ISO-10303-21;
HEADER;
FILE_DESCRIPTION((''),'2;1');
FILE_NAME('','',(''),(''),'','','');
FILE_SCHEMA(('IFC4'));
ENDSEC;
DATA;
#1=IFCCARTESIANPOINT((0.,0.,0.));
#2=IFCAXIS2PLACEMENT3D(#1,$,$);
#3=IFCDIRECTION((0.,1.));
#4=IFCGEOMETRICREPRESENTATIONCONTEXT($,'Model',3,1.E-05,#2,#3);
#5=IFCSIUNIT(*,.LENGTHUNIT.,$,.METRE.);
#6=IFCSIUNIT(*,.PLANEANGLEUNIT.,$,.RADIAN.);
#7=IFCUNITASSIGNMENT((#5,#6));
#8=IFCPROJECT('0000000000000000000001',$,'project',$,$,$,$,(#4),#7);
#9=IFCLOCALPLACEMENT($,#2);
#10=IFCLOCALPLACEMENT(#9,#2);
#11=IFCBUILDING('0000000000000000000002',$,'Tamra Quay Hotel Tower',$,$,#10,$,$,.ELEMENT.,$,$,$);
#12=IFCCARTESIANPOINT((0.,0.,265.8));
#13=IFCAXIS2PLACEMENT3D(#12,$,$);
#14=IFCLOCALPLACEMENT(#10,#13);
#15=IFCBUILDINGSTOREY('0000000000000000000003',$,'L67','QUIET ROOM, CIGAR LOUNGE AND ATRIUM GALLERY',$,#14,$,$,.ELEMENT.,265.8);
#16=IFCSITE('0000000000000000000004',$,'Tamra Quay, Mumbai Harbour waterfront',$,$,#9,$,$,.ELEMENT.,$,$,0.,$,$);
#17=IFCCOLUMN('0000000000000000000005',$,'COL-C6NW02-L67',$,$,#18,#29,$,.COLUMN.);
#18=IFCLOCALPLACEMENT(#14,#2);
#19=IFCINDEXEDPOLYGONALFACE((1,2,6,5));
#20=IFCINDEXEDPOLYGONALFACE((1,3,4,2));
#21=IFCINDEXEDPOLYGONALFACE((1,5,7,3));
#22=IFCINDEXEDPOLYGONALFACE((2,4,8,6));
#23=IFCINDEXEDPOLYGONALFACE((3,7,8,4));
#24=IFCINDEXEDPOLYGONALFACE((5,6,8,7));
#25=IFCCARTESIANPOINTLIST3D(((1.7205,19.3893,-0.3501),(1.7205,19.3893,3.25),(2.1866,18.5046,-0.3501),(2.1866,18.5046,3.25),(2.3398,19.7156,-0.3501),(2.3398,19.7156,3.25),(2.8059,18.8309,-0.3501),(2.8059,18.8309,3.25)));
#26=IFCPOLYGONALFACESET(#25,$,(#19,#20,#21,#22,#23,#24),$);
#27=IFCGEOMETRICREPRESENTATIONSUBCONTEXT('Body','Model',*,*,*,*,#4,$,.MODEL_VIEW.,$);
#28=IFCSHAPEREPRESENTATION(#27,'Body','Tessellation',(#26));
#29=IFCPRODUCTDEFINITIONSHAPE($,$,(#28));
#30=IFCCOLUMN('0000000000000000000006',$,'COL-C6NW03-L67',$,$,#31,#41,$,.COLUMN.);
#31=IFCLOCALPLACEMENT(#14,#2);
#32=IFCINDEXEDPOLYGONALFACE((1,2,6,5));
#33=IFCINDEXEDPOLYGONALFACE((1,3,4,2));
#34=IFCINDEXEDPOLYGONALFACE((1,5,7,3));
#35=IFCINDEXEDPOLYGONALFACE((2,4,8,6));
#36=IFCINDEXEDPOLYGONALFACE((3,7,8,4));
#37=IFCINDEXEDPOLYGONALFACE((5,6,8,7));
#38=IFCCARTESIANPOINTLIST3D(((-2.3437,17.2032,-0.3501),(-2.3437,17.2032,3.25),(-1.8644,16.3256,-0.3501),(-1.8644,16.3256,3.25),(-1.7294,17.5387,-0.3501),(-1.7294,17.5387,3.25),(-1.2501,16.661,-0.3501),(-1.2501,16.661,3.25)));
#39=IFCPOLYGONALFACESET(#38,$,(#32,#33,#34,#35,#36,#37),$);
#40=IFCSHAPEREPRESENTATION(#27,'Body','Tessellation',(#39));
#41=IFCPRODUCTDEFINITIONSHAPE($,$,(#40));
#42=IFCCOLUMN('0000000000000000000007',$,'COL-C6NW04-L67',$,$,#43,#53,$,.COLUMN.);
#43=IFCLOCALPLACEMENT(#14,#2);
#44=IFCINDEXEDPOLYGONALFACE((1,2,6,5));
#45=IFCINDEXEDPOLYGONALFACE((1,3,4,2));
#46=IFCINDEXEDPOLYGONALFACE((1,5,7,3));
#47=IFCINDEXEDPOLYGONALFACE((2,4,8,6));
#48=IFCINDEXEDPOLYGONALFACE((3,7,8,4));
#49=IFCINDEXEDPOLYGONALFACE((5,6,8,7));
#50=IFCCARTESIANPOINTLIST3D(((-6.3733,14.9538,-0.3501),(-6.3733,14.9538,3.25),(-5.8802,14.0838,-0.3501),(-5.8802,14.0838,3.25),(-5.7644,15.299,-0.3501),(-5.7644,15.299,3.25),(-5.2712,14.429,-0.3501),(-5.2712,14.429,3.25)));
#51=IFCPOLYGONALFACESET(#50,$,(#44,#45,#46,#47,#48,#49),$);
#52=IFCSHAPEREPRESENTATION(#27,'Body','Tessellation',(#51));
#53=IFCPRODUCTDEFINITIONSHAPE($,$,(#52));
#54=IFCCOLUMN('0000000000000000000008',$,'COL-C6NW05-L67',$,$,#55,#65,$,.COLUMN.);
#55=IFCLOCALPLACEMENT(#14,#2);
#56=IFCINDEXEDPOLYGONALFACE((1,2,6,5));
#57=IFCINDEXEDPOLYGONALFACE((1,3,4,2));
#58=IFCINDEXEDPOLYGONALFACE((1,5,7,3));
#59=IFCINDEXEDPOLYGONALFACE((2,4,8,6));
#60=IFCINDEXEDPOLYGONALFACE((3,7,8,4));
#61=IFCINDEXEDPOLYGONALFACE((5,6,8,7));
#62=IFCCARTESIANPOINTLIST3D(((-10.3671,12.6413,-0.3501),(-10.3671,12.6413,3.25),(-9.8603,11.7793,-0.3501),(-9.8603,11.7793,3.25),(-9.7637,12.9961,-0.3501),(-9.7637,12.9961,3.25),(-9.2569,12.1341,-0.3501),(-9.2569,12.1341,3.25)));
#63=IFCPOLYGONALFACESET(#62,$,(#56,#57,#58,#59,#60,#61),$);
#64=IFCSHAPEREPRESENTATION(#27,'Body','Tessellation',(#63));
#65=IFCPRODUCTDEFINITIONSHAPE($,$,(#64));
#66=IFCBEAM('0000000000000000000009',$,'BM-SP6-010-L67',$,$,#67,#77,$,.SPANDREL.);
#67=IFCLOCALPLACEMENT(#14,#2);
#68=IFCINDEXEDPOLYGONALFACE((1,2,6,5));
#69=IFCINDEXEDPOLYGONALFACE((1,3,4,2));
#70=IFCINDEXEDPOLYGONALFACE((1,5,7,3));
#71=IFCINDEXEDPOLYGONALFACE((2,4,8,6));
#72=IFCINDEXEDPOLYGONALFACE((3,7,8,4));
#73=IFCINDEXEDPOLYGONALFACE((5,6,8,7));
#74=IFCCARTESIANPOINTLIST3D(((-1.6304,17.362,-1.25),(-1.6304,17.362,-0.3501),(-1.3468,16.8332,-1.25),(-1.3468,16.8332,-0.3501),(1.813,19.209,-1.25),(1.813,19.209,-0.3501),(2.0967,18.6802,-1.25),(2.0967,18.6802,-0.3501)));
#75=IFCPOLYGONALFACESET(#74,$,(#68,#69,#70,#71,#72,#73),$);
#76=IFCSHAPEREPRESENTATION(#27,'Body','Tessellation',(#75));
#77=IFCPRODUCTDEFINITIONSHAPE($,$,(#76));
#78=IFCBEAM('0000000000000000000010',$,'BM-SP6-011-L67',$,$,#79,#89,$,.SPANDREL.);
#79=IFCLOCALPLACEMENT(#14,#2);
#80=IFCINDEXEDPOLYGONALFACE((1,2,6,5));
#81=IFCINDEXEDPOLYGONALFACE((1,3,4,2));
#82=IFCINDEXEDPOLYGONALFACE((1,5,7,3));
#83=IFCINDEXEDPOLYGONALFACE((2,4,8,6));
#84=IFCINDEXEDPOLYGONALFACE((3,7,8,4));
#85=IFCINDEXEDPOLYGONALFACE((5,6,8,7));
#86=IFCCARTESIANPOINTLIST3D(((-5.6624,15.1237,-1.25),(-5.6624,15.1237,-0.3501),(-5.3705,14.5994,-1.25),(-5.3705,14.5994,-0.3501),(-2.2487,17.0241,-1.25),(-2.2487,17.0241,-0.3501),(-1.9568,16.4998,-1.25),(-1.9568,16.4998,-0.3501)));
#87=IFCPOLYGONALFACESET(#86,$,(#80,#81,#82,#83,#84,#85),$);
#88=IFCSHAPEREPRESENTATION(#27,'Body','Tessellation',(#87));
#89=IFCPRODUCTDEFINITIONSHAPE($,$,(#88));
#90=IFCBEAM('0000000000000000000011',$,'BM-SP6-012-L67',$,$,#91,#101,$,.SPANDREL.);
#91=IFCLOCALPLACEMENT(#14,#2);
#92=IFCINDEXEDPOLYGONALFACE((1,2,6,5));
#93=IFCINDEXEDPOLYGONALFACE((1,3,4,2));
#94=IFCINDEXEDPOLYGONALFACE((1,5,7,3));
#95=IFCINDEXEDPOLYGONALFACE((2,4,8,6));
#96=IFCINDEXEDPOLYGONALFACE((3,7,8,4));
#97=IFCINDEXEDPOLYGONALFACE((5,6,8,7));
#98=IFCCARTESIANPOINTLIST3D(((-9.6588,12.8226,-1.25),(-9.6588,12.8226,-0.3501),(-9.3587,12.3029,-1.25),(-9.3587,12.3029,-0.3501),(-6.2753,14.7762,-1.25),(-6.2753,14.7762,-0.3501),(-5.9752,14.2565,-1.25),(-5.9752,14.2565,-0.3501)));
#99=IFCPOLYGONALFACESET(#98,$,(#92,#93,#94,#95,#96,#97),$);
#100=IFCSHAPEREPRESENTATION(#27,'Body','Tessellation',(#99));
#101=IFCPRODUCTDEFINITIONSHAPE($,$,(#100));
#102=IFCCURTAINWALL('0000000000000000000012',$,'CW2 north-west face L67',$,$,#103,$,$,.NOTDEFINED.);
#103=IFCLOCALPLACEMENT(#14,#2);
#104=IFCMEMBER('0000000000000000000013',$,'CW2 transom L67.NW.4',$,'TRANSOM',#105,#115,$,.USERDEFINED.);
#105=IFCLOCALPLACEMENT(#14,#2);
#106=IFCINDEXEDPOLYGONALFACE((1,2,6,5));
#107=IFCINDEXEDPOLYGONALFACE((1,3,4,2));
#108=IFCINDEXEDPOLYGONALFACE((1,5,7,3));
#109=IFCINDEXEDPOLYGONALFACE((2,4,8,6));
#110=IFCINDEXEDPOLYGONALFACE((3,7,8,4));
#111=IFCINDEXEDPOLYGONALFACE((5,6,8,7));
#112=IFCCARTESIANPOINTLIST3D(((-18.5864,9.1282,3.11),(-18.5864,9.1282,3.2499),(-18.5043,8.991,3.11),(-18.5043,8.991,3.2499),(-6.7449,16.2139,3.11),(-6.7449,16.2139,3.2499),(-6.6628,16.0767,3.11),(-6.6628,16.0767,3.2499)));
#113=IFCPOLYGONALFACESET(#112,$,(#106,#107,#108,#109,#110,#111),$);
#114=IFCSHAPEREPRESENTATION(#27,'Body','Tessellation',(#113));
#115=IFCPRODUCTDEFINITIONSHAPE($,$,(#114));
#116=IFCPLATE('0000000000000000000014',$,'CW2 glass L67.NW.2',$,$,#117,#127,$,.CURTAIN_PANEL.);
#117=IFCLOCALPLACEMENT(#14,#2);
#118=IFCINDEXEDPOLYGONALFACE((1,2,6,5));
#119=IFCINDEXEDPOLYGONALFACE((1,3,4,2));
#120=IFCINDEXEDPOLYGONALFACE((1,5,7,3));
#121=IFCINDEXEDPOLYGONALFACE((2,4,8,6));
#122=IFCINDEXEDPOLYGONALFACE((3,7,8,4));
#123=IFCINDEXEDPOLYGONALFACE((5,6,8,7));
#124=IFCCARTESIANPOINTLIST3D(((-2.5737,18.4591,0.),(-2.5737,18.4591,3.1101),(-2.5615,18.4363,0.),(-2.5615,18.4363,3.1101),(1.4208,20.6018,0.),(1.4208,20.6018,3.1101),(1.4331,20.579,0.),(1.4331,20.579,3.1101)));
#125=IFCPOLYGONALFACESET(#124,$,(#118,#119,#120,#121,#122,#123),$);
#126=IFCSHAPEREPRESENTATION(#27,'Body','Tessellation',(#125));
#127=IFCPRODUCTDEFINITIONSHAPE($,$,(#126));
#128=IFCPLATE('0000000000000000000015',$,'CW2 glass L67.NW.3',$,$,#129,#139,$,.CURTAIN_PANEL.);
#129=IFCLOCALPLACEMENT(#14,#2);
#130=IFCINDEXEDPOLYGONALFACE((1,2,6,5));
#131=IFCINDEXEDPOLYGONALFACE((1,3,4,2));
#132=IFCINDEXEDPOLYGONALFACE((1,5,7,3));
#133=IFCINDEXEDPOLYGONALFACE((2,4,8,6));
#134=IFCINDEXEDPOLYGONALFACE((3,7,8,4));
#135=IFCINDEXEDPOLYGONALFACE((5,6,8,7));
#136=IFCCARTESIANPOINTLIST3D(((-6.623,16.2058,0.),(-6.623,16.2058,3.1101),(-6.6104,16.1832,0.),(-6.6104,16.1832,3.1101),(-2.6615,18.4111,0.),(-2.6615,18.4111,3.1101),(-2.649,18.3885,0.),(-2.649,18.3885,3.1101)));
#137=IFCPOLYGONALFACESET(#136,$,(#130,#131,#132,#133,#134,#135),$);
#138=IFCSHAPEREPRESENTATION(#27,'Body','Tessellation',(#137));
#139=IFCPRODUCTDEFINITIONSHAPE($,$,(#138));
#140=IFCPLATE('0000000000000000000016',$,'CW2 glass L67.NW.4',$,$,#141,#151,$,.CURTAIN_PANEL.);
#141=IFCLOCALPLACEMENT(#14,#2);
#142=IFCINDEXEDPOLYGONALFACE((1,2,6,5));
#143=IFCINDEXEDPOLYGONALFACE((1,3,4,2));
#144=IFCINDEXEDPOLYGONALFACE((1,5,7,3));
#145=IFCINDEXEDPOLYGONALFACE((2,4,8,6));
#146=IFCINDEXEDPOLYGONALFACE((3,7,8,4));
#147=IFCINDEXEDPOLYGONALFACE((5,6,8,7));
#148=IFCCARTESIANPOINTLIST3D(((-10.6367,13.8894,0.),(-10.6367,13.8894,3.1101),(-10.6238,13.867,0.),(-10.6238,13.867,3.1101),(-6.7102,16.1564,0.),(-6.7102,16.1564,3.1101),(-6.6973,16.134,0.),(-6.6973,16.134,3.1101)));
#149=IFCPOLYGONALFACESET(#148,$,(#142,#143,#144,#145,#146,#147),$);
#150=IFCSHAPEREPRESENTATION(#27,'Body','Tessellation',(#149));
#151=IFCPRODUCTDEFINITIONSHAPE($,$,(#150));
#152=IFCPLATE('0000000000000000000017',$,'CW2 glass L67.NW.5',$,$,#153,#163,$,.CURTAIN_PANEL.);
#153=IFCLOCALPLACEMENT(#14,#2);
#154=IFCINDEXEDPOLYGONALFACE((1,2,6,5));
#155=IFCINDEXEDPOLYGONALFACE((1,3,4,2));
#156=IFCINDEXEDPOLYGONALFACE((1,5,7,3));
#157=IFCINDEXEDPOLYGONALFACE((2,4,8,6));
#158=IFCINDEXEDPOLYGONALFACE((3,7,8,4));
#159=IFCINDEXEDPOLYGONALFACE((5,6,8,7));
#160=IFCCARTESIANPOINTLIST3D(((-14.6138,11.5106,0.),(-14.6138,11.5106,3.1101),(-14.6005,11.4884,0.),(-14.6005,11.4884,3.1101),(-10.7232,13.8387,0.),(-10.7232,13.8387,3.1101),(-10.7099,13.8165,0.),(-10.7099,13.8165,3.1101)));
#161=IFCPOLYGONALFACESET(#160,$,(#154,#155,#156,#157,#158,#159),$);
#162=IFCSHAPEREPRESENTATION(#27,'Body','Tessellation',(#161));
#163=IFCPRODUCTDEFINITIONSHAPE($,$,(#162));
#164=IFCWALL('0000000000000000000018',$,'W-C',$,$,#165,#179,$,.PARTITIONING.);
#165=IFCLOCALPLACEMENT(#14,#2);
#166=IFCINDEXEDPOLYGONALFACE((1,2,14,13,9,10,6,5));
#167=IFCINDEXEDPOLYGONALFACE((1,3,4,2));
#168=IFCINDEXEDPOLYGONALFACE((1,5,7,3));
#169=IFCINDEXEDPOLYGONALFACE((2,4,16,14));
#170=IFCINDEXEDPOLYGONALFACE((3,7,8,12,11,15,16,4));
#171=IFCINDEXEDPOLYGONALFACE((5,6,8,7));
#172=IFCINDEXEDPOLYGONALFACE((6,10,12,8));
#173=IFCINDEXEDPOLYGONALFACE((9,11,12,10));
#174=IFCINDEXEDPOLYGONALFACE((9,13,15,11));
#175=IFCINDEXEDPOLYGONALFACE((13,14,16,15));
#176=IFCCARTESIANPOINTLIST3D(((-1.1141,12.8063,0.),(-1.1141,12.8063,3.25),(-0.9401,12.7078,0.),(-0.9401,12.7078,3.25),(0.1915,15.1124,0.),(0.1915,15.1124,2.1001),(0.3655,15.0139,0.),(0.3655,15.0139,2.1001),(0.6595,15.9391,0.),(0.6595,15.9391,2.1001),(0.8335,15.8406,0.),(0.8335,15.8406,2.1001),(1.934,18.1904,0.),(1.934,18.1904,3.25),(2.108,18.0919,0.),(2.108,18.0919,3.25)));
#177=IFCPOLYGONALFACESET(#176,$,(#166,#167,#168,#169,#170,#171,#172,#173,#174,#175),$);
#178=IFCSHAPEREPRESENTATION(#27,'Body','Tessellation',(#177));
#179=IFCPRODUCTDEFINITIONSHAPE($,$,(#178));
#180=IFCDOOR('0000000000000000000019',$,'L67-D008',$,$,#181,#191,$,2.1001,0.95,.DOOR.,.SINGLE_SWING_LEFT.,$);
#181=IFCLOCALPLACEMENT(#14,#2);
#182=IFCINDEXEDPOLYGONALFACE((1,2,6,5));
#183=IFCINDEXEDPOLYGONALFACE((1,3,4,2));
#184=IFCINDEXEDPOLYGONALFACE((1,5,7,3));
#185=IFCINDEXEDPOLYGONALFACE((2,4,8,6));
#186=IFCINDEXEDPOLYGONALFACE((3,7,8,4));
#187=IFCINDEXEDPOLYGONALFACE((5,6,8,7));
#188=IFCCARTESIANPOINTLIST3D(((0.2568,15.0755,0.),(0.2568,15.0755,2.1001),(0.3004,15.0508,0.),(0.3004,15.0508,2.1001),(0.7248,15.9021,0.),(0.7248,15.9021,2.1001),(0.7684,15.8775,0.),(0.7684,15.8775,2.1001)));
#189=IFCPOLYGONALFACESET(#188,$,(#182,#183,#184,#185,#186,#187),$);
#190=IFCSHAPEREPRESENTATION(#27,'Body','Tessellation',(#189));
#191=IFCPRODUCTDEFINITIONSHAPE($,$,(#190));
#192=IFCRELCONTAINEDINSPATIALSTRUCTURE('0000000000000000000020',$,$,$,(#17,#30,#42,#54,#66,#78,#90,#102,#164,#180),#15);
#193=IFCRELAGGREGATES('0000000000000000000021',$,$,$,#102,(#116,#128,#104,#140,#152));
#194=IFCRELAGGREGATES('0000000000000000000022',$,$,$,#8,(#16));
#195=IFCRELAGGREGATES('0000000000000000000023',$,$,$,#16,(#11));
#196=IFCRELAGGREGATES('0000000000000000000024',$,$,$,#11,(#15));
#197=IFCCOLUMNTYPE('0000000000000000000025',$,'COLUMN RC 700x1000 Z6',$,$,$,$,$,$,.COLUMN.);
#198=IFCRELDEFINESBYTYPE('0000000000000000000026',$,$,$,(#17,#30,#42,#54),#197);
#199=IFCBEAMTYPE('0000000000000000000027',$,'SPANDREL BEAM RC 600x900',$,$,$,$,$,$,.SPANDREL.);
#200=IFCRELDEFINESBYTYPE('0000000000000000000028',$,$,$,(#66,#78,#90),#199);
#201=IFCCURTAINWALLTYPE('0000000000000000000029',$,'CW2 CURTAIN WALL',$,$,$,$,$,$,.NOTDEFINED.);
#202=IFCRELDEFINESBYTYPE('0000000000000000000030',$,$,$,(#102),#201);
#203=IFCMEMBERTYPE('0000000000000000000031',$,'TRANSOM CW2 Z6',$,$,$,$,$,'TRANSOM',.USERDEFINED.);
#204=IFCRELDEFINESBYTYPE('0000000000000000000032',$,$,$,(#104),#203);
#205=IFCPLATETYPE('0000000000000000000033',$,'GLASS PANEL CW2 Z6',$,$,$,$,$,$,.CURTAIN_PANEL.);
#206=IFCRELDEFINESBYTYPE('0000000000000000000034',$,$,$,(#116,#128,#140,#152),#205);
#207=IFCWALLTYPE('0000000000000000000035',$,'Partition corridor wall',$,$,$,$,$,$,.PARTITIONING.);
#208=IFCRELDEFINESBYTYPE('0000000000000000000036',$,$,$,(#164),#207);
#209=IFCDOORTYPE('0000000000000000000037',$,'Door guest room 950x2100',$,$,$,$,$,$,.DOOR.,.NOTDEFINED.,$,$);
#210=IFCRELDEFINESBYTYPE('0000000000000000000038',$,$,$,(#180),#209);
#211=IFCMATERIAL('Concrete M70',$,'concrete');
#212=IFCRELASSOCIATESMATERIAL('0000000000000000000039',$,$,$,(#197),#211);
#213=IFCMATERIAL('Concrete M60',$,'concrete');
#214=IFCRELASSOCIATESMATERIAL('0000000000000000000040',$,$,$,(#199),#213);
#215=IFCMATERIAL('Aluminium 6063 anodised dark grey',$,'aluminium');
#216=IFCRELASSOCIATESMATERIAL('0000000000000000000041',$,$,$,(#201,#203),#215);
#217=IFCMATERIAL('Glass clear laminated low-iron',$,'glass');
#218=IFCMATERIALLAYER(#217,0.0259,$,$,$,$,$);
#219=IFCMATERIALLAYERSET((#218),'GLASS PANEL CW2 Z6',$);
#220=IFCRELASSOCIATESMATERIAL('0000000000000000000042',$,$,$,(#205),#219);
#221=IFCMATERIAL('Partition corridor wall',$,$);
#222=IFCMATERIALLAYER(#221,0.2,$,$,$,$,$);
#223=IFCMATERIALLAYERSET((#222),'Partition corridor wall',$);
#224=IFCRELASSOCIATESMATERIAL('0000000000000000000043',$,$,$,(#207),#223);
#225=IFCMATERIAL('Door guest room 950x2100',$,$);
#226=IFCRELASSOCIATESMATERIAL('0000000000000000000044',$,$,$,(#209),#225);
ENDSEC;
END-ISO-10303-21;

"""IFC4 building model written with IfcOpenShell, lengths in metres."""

from ifc_helpers import new_model, si_unit, direction, frame, frame_2d, origin, origin_2d, place, context, subcontext, project, spatial, rectangle, extrude, material, layer, layer_set, material_profile, profile_set, type_object, element, fill, aggregate, save


model = new_model("IFC4")

# Units and contexts
model_context = context("Model", 3, precision=1e-05, world=origin(), true_north=direction((0.0, 1.0)))
body_context = subcontext(model_context, "Body", "Model", "MODEL_VIEW")
ifc_project = project(units=[si_unit("LENGTHUNIT", "METRE"), si_unit("PLANEANGLEUNIT", "RADIAN")], contexts=[model_context])

# Site, building, storey
site_placement = place(None, origin())
site = spatial("IfcSite", under=ifc_project, at=site_placement, Name="Tamra Quay, Mumbai Harbour waterfront", CompositionType="ELEMENT", RefElevation=0.0)
building_placement = place(site_placement, origin())
building = spatial("IfcBuilding", under=site, at=building_placement, Name="Tamra Quay Hotel Tower", CompositionType="ELEMENT")
storey_placement = place(building_placement, frame((0.0, 0.0, 265.8)))
storey = spatial("IfcBuildingStorey", under=building, at=storey_placement, Name="L67", Description="QUIET ROOM, CIGAR LOUNGE AND ATRIUM GALLERY", CompositionType="ELEMENT", Elevation=265.8)

# Columns
ifc_material_1 = material(Name="Concrete M70", Category="concrete")
ifc_material_profile_1 = material_profile(ifc_material_1, rectangle(XDim=1.0, YDim=0.7, at=origin_2d()), Name="COLUMN RC 700x1000 Z6")
ifc_profile_set_1 = profile_set([ifc_material_profile_1], Name="Concrete M70")
column_type = type_object("IfcColumnType", Name="COLUMN RC 700x1000 Z6", PredefinedType="COLUMN", material=ifc_profile_set_1)
for number, where, z_axis, x_axis, name in (
    (1, (2.2632, 19.1101, -0.3501), (0.0, 0.0, 1.0), (-0.466118, 0.884723, 0.0), "COL-C6NW02-L67"),
    (2, (-1.7969, 16.9321, -0.3501), (0.0, 0.0, 1.0), (-0.479288, 0.877658, 0.0), "COL-C6NW03-L67"),
    (3, (-5.8223, 14.6914, -0.3501), (0.0, 0.0, 1.0), (-0.493125, 0.869958, 0.0), "COL-C6NW04-L67"),
    (4, (-9.812, 12.3877, -0.3501), (0.0, 0.0, 1.0), (-0.506843, 0.862038, 0.0), "COL-C6NW05-L67"),
):
    element("IfcColumn", number, at=place(storey_placement, frame(where, z_axis=z_axis, x_axis=x_axis)), inside=storey, type_object=column_type, Name=name, PredefinedType="COLUMN", context=body_context, shape_type="SweptSolid", body=[
        extrude(rectangle(XDim=1.0, YDim=0.7, at=origin_2d()), origin(), (0.0, 0.0, 1.0), 3.6001),
    ])

# Beams
ifc_material_2 = material(Name="Concrete M60", Category="concrete")
ifc_material_profile_2 = material_profile(ifc_material_2, rectangle(XDim=0.6001, YDim=0.8999, at=origin_2d()), Name="SPANDREL BEAM RC 600x900")
ifc_profile_set_2 = profile_set([ifc_material_profile_2], Name="Concrete M60")
beam_type = type_object("IfcBeamType", Name="SPANDREL BEAM RC 600x900", PredefinedType="SPANDREL", material=ifc_profile_set_2)
beam_placement = place(storey_placement, frame((1.9548, 18.9446, -0.8), z_axis=(-0.881238, -0.472672, 0.0), x_axis=(0.472672, -0.881238, 0.0)))
element("IfcBeam", 5, at=beam_placement, inside=storey, type_object=beam_type, Name="BM-SP6-010-L67", PredefinedType="SPANDREL", context=body_context, shape_type="SweptSolid", body=[
    extrude(rectangle(XDim=0.6001, YDim=0.8999, at=origin_2d()), origin(), (0.0, 0.0, 1.0), 3.9075),
])
for number, where, z_axis, x_axis, name in (
    (6, (-2.1028, 16.762, -0.8), (-0.873727, -0.486417, 0.0), (0.486417, -0.873727, 0.0), "BM-SP6-011-L67"),
    (7, (-6.1252, 14.5164, -0.8), (-0.866012, -0.500024, 0.0), (0.500024, -0.866012, 0.0), "BM-SP6-012-L67"),
):
    element("IfcBeam", number, at=place(storey_placement, frame(where, z_axis=z_axis, x_axis=x_axis)), inside=storey, type_object=beam_type, Name=name, PredefinedType="SPANDREL", context=body_context, shape_type="SweptSolid", body=[
        extrude(rectangle(XDim=0.6001, YDim=0.8999, at=origin_2d()), origin(), (0.0, 0.0, 1.0), 3.907),
    ])

# Curtain wall, member, plates
ifc_material_3 = material(Name="Aluminium 6063 anodised dark grey", Category="aluminium")
curtain_wall_type = type_object("IfcCurtainWallType", Name="CW2 CURTAIN WALL", PredefinedType="NOTDEFINED", material=ifc_material_3)
curtain_wall_placement = place(storey_placement, origin())
curtain_wall = element("IfcCurtainWall", 8, at=curtain_wall_placement, inside=storey, type_object=curtain_wall_type, Name="CW2 north-west face L67", PredefinedType="NOTDEFINED")
ifc_material_profile_3 = material_profile(ifc_material_3, rectangle(XDim=0.1599, YDim=0.1399, at=origin_2d()), Name="TRANSOM 160X140")
ifc_profile_set_3 = profile_set([ifc_material_profile_3], Name="Aluminium 6063 anodised dark grey")
member_type = type_object("IfcMemberType", Name="TRANSOM CW2 Z6", ElementType="TRANSOM", PredefinedType="USERDEFINED", material=ifc_profile_set_3)
member_placement = place(storey_placement, frame((-6.7039, 16.1453, 3.1799), z_axis=(-0.858107, -0.51347, 0.0), x_axis=(0.51347, -0.858107, 0.0)))
member = element("IfcMember", 9, at=member_placement, type_object=member_type, Name="CW2 transom L67.NW.4", ObjectType="TRANSOM", PredefinedType="USERDEFINED", context=body_context, shape_type="SweptSolid", body=[
    extrude(rectangle(XDim=0.1599, YDim=0.1399, at=origin_2d()), origin(), (0.0, 0.0, 1.0), 13.7996),
])
ifc_material_4 = material(Name="Glass clear laminated low-iron", Category="glass")
ifc_layer_1 = layer(ifc_material_4, 0.0259)
ifc_layer_set_1 = layer_set([ifc_layer_1], Name="GLASS PANEL CW2 Z6")
plate_type = type_object("IfcPlateType", Name="GLASS PANEL CW2 Z6", PredefinedType="CURTAIN_PANEL", material=ifc_layer_set_1)
plate_1_placement = place(storey_placement, frame((-0.5703, 19.519, 0.0), z_axis=(0.0, 0.0, 1.0), x_axis=(-0.881224, -0.4727, 0.0)))
plate_1 = element("IfcPlate", 10, at=plate_1_placement, type_object=plate_type, Name="CW2 glass L67.NW.2", PredefinedType="CURTAIN_PANEL", context=body_context, shape_type="SweptSolid", body=[
    extrude(rectangle(XDim=4.533, YDim=0.0259, at=origin_2d()), origin(), (0.0, 0.0, 1.0), 3.1101),
])
plate_2_placement = place(storey_placement, frame((-4.636, 17.2971, 0.0), z_axis=(0.0, 0.0, 1.0), x_axis=(-0.873736, -0.486401, 0.0)))
plate_2 = element("IfcPlate", 11, at=plate_2_placement, type_object=plate_type, Name="CW2 glass L67.NW.3", PredefinedType="CURTAIN_PANEL", context=body_context, shape_type="SweptSolid", body=[
    extrude(rectangle(XDim=4.5339, YDim=0.0259, at=origin_2d()), origin(), (0.0, 0.0, 1.0), 3.1101),
])
plate_3_placement = place(storey_placement, frame((-8.667, 15.0117, 0.0), z_axis=(0.0, 0.0, 1.0), x_axis=(-0.866025, -0.5, 0.0)))
plate_3 = element("IfcPlate", 12, at=plate_3_placement, type_object=plate_type, Name="CW2 glass L67.NW.4", PredefinedType="CURTAIN_PANEL", context=body_context, shape_type="SweptSolid", body=[
    extrude(rectangle(XDim=4.5339, YDim=0.0259, at=origin_2d()), origin(), (0.0, 0.0, 1.0), 3.1101),
])
plate_4_placement = place(storey_placement, frame((-12.6619, 12.6636, 0.0), z_axis=(0.0, 0.0, 1.0), x_axis=(-0.858103, -0.513477, 0.0)))
plate_4 = element("IfcPlate", 13, at=plate_4_placement, type_object=plate_type, Name="CW2 glass L67.NW.5", PredefinedType="CURTAIN_PANEL", context=body_context, shape_type="SweptSolid", body=[
    extrude(rectangle(XDim=4.5339, YDim=0.0259, at=origin_2d()), origin(), (0.0, 0.0, 1.0), 3.1101),
])
aggregate(curtain_wall, [plate_1, plate_2, member, plate_3, plate_4])

# Wall, opening, door
ifc_material_5 = material(Name="Partition corridor wall")
ifc_layer_2 = layer(ifc_material_5, 0.2)
ifc_layer_set_2 = layer_set([ifc_layer_2], Name="Partition corridor wall")
wall_type_1 = type_object("IfcWallType", Name="Partition corridor wall", PredefinedType="PARTITIONING", material=ifc_layer_set_2)
wall_1_placement = place(storey_placement, frame((-1.0271, 12.7571, 0.0), z_axis=(0.0, 0.0, 1.0), x_axis=(0.492663, 0.87022, 0.0)))
wall_1 = element("IfcWall", 14, at=wall_1_placement, inside=storey, type_object=wall_type_1, Name="W-C", PredefinedType="PARTITIONING", context=body_context, shape_type="SweptSolid", body=[
    extrude(rectangle(XDim=6.187, YDim=0.2, at=frame_2d((3.0935, 0.0))), origin(), (0.0, 0.0, 1.0), 3.25),
])
opening_placement = place(wall_1_placement, frame((2.6499, 0.0, 0.0)))
opening = element("IfcOpeningElement", 15, at=opening_placement, cuts=wall_1, PredefinedType="OPENING", context=body_context, shape_type="SweptSolid", body=[
    extrude(rectangle(XDim=0.95, YDim=2.1001, at=frame_2d((0.4751, 1.05))), frame((0.0, 0.1099, 0.0), z_axis=(0.0, -1.0, 0.0), x_axis=(1.0, 0.0, 0.0)), (0.0, 0.0, 1.0), 0.22),
])
ifc_material_6 = material(Name="Door guest room 950x2100")
door_type = type_object("IfcDoorType", Name="Door guest room 950x2100", OperationType="NOTDEFINED", PredefinedType="DOOR", material=ifc_material_6)
door_placement = place(opening_placement, origin())
door = element("IfcDoor", 16, at=door_placement, inside=storey, type_object=door_type, Name="L67-D008", OperationType="SINGLE_SWING_LEFT", OverallHeight=2.1001, OverallWidth=0.95, PredefinedType="DOOR", context=body_context, shape_type="SweptSolid", body=[
    extrude(rectangle(XDim=0.95, YDim=2.1001, at=frame_2d((0.4751, 1.05))), frame((0.0, 0.0249, 0.0), z_axis=(0.0, -1.0, 0.0), x_axis=(1.0, 0.0, 0.0)), (0.0, 0.0, 1.0), 0.05),
])
fill(opening, door)

save(model, "model.ifc")
